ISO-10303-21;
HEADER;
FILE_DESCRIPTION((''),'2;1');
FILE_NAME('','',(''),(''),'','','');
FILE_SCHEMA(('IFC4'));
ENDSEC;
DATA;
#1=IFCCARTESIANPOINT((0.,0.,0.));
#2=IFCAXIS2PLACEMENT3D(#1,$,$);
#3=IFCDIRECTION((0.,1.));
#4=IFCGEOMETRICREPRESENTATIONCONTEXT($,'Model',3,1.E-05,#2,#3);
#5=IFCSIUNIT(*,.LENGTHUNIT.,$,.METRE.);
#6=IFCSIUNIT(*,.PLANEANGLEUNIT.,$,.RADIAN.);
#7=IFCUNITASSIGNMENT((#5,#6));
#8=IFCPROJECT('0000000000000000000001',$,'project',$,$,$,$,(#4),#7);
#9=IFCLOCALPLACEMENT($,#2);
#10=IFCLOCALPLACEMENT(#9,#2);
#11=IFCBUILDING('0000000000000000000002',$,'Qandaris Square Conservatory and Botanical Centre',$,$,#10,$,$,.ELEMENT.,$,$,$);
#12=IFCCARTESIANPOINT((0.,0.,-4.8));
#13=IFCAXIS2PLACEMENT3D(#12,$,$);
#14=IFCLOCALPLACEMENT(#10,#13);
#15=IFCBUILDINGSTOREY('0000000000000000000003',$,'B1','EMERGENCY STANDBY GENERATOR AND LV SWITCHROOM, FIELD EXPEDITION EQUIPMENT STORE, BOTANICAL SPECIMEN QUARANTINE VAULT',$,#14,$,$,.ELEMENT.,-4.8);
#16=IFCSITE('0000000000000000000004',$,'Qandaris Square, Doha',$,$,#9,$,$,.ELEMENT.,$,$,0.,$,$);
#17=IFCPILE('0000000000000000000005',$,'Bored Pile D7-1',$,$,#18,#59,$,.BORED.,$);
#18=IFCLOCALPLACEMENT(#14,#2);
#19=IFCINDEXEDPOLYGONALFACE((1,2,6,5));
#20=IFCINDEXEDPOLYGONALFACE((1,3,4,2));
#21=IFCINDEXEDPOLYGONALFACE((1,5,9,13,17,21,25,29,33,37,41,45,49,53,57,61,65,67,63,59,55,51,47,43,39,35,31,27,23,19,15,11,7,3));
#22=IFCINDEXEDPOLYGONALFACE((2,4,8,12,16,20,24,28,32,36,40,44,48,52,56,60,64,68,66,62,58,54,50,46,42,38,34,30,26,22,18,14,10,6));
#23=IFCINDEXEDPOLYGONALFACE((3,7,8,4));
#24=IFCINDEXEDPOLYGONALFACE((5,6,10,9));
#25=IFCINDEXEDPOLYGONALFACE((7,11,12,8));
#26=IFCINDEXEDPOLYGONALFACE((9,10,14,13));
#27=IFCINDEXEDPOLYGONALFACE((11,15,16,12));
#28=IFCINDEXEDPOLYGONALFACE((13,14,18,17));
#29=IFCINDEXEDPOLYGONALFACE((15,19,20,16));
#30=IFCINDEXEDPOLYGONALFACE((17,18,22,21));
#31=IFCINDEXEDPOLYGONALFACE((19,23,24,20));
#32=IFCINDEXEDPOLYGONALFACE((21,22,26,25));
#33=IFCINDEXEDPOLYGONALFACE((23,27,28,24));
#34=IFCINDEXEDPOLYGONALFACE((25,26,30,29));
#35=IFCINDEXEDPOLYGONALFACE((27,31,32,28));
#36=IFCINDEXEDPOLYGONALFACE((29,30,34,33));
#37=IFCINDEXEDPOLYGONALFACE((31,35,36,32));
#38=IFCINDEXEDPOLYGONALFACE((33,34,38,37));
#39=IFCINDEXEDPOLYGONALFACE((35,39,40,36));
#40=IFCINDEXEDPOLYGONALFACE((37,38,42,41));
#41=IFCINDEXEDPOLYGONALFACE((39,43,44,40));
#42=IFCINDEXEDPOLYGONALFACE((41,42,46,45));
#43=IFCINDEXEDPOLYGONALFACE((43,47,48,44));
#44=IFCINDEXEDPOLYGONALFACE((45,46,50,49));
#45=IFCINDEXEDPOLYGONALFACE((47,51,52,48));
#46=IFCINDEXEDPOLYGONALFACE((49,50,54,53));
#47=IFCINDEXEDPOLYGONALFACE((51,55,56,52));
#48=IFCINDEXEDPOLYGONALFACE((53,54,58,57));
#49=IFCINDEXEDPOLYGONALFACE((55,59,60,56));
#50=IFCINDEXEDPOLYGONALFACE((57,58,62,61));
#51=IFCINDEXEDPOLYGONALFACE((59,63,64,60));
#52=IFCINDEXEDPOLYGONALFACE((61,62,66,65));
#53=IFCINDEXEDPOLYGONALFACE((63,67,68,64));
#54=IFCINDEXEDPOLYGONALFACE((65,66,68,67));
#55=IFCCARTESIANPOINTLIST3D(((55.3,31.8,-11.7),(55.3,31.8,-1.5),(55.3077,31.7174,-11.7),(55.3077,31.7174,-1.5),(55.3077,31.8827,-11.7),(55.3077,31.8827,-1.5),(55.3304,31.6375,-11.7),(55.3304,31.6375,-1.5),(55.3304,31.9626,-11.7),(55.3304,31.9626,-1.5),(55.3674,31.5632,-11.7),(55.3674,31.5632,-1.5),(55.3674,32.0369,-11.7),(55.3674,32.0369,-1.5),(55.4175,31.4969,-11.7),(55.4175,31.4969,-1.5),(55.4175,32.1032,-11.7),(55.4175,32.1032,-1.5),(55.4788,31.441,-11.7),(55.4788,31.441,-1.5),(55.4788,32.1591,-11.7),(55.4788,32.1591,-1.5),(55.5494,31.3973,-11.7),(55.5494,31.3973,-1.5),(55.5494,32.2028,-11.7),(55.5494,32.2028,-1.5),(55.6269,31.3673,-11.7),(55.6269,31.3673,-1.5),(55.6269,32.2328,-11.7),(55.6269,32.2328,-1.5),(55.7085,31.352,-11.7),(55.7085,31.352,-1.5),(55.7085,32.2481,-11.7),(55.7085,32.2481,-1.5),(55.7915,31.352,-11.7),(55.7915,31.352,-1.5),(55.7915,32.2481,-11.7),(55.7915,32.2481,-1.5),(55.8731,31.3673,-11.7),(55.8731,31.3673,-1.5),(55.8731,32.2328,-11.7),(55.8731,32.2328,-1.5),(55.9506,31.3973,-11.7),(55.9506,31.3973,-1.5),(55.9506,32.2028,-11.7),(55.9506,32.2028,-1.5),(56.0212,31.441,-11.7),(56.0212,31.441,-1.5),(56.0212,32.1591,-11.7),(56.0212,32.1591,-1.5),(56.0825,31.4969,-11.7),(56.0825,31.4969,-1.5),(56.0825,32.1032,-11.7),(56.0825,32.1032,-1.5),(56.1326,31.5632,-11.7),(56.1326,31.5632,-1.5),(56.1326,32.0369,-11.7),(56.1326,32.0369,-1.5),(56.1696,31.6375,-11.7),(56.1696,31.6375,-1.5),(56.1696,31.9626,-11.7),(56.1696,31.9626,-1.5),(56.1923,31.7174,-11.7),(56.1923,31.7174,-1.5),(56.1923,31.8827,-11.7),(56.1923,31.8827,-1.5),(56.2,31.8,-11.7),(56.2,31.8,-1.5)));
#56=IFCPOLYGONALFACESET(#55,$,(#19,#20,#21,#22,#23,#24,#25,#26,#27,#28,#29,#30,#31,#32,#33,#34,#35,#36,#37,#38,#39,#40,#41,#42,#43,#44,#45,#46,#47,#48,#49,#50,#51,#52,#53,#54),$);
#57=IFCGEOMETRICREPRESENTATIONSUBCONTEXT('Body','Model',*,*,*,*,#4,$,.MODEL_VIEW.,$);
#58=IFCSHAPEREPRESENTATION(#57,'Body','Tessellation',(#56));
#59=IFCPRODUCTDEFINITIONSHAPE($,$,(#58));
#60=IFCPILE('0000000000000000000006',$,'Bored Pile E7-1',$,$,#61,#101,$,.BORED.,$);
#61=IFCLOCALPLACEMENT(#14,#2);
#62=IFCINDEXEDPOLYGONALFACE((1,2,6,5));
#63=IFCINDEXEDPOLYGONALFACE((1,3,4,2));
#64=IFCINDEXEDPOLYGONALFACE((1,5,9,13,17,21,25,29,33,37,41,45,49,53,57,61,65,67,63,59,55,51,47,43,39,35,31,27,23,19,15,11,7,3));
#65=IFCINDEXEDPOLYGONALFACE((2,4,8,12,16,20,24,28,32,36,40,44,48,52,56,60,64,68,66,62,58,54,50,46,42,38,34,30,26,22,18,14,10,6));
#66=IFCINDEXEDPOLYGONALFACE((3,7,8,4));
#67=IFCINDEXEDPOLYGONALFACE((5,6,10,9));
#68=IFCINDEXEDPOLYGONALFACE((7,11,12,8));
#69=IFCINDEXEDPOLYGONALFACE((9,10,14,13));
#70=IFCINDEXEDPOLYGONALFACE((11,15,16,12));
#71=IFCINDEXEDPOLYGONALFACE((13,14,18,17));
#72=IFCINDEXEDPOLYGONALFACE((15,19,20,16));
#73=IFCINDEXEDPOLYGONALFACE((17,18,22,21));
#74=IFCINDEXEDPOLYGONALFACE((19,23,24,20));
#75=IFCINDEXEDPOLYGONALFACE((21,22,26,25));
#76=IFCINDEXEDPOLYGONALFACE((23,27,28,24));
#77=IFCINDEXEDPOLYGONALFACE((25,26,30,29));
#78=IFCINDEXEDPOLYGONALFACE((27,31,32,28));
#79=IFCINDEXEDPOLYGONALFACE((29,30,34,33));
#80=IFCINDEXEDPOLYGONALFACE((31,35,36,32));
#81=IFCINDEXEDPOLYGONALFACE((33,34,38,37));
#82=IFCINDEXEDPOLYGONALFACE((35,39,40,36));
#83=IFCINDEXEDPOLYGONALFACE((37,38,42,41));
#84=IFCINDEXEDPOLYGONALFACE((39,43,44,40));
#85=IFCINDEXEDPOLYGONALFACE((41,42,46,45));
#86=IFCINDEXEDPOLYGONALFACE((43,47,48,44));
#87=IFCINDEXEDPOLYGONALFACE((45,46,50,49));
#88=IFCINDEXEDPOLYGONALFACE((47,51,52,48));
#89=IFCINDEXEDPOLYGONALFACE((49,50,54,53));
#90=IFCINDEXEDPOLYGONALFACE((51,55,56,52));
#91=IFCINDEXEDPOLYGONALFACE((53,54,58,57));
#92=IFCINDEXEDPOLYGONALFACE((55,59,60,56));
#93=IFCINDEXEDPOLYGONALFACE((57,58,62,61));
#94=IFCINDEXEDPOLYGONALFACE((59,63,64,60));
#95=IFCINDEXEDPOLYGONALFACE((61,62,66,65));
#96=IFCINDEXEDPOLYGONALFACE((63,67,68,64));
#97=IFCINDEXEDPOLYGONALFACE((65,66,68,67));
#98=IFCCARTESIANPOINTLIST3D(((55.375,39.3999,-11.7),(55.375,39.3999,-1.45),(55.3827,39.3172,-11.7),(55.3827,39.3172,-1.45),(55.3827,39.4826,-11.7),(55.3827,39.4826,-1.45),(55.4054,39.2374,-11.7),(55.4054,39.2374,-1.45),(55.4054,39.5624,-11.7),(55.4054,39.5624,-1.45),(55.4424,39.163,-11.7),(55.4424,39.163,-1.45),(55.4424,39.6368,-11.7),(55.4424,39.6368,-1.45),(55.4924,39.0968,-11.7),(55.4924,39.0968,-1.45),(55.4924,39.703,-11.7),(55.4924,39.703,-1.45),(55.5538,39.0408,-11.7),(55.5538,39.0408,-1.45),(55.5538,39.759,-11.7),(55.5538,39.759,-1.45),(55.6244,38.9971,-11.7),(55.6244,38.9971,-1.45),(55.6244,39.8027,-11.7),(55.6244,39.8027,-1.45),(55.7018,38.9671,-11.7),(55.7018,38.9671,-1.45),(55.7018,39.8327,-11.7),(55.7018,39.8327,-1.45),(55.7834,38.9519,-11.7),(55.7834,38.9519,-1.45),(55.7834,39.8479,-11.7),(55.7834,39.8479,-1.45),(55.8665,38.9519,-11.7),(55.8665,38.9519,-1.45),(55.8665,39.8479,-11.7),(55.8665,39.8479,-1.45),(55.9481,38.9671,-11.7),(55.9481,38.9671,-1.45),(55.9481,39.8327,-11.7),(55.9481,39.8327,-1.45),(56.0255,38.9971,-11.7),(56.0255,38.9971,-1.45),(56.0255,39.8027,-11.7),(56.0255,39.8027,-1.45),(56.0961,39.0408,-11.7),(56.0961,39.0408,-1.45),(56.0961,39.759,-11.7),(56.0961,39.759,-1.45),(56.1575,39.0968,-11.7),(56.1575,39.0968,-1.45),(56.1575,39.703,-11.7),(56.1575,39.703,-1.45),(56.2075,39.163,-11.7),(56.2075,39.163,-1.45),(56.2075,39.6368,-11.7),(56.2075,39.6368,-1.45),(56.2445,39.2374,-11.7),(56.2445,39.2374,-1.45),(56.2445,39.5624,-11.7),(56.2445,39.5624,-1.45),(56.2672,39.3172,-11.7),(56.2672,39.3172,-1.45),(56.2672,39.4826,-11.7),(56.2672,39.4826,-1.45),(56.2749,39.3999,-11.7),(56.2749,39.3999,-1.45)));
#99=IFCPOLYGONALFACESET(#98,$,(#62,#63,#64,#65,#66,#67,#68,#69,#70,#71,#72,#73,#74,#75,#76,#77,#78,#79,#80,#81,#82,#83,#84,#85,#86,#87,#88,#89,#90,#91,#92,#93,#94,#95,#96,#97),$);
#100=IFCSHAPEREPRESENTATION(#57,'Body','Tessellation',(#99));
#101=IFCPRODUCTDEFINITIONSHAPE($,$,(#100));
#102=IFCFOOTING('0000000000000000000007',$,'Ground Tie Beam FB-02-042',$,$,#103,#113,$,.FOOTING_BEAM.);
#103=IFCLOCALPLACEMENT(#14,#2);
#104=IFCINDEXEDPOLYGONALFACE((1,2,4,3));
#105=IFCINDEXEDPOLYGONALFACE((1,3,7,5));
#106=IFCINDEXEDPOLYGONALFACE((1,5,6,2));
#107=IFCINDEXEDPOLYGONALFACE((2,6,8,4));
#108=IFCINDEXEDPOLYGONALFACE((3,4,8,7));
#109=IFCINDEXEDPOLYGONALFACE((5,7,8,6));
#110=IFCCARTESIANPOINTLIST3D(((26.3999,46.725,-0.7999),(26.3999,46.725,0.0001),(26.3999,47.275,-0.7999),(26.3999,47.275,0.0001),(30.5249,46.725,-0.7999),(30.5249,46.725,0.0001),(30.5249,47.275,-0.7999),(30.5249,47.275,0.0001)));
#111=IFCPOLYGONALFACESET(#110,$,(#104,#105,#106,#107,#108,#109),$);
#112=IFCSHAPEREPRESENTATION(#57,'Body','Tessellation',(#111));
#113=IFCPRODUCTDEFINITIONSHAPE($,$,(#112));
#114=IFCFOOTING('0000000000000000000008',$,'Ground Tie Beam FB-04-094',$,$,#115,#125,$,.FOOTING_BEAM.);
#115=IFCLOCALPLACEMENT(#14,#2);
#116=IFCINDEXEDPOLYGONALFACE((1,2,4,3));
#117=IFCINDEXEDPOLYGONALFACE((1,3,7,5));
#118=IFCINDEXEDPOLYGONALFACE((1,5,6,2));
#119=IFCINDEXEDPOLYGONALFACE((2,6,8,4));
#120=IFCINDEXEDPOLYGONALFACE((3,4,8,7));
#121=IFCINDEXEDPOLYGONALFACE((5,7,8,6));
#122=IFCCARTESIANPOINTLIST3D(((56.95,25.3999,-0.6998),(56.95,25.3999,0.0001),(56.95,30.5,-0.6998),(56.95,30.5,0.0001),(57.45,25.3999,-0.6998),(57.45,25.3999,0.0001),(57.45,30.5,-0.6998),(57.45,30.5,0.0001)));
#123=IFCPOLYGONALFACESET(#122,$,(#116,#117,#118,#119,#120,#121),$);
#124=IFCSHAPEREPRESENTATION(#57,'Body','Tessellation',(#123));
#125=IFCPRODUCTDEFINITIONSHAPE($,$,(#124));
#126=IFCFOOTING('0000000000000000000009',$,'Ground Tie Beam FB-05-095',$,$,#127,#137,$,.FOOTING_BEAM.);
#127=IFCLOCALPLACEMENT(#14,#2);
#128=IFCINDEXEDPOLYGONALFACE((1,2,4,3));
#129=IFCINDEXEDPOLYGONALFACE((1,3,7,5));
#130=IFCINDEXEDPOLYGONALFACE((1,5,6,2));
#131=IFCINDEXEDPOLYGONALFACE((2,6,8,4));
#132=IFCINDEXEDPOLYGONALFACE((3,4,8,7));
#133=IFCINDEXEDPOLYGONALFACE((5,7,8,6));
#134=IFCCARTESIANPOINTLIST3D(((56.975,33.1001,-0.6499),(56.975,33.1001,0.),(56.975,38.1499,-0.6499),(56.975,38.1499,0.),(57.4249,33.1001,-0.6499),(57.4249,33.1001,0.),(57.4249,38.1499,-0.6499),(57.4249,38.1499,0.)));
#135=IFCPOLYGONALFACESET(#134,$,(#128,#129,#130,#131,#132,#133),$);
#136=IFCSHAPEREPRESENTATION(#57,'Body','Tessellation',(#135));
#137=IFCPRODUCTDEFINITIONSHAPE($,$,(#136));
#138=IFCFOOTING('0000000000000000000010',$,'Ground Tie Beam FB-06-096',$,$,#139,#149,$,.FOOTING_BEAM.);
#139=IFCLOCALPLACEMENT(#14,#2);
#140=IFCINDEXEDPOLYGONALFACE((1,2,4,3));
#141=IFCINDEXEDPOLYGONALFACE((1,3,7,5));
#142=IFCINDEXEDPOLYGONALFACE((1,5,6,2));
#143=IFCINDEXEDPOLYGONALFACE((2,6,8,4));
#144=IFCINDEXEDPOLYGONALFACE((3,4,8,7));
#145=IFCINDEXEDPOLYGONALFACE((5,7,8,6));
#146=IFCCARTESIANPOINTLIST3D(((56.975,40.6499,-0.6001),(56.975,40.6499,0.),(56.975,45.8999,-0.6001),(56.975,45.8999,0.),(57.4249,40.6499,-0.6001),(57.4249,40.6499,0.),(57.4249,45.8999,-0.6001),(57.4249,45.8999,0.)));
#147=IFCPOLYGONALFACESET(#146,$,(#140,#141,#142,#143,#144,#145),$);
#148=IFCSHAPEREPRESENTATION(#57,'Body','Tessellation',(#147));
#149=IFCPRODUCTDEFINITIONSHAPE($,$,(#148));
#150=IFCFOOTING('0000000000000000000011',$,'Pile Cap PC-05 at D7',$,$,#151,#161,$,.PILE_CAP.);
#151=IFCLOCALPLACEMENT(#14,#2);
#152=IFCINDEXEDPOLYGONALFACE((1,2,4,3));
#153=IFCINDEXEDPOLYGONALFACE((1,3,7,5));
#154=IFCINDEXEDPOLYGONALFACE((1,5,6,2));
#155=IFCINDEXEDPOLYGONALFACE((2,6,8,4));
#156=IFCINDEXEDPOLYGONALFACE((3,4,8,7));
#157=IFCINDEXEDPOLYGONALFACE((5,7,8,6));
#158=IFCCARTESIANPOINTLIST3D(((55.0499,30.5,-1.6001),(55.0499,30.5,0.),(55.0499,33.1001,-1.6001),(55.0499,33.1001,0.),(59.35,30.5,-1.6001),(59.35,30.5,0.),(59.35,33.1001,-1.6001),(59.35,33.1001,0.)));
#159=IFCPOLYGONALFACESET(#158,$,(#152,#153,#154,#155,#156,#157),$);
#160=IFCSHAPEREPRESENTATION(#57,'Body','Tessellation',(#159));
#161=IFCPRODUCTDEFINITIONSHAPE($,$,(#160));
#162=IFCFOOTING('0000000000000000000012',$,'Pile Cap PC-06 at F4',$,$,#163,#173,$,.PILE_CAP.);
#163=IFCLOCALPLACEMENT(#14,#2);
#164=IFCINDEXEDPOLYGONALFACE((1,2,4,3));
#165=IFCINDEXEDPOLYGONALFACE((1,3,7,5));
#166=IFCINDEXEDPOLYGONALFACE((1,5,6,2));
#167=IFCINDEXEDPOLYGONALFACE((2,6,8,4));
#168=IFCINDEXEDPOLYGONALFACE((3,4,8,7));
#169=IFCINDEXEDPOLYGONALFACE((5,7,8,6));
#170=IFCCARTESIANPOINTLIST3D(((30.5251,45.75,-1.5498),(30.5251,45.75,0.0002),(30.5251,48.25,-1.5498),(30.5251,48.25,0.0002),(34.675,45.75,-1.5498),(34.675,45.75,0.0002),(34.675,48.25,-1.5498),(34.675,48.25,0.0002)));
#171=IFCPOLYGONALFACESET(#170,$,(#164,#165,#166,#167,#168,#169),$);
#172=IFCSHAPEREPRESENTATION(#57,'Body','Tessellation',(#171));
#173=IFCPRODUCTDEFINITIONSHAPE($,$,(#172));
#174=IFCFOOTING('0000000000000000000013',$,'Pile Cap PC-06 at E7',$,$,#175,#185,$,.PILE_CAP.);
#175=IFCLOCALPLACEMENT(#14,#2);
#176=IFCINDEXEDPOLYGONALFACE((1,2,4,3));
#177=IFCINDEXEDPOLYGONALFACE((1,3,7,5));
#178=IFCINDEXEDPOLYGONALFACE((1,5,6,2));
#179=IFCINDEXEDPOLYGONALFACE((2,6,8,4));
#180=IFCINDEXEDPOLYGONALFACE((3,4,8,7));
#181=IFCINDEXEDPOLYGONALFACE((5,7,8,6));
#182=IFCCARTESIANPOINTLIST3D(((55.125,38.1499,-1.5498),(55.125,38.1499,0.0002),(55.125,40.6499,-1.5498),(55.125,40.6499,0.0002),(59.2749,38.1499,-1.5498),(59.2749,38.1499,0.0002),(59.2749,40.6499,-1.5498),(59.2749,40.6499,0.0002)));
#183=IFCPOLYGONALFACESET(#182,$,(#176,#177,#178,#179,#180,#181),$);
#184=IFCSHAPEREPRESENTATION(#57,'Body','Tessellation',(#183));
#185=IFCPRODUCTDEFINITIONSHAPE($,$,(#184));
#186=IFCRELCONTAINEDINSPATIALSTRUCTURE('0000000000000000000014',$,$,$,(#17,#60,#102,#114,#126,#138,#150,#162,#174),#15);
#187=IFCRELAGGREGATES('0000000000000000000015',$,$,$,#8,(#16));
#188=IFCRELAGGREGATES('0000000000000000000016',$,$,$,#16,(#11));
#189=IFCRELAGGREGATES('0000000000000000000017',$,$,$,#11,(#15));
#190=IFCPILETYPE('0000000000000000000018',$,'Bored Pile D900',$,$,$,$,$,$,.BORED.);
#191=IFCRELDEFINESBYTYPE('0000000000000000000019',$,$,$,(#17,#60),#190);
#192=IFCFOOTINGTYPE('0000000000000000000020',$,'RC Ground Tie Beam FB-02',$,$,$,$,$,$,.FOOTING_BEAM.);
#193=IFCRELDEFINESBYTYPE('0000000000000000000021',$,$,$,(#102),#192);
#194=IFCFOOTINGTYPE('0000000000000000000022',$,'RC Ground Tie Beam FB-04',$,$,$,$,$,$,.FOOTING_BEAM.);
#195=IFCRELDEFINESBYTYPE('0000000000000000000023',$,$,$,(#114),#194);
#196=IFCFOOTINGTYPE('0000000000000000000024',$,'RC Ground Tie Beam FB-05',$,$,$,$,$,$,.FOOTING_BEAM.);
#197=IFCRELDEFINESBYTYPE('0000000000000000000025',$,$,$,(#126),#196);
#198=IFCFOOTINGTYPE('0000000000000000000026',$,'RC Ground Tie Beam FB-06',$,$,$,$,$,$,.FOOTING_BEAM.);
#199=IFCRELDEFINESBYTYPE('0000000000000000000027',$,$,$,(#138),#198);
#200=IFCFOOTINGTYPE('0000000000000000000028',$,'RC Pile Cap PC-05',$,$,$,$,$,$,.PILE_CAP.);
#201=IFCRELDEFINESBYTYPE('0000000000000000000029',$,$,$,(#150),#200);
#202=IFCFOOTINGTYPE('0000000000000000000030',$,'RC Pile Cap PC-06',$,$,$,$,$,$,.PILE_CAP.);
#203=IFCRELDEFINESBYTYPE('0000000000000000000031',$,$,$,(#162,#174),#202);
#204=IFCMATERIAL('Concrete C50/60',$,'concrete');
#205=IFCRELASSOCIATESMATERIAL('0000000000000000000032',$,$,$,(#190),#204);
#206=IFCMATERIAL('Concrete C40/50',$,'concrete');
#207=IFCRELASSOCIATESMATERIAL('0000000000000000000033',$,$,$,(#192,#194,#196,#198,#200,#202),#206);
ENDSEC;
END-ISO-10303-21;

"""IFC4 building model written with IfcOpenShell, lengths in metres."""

from ifc_helpers import new_model, si_unit, direction, frame, origin, origin_2d, place, context, subcontext, project, spatial, rectangle, circle, extrude, material, material_profile, profile_set, type_object, element, save


model = new_model("IFC4")

# Units and contexts
model_context = context("Model", 3, precision=1e-05, world=origin(), true_north=direction((0.0, 1.0)))
body_context = subcontext(model_context, "Body", "Model", "MODEL_VIEW")
ifc_project = project(units=[si_unit("LENGTHUNIT", "METRE"), si_unit("PLANEANGLEUNIT", "RADIAN")], contexts=[model_context])

# Site, building, storey
site_placement = place(None, origin())
site = spatial("IfcSite", under=ifc_project, at=site_placement, Name="Qandaris Square, Doha", CompositionType="ELEMENT", RefElevation=0.0)
building_placement = place(site_placement, origin())
building = spatial("IfcBuilding", under=site, at=building_placement, Name="Qandaris Square Conservatory and Botanical Centre", CompositionType="ELEMENT")
storey_placement = place(building_placement, frame((0.0, 0.0, -4.8)))
storey = spatial("IfcBuildingStorey", under=building, at=storey_placement, Name="B1", Description="EMERGENCY STANDBY GENERATOR AND LV SWITCHROOM, FIELD EXPEDITION EQUIPMENT STORE, BOTANICAL SPECIMEN QUARANTINE VAULT", CompositionType="ELEMENT", Elevation=-4.8)

# Piles
ifc_material_1 = material(Name="Concrete C50/60", Category="concrete")
ifc_material_profile_1 = material_profile(ifc_material_1, circle(Radius=0.45, at=origin_2d()), Name="PILE D900")
ifc_profile_set_1 = profile_set([ifc_material_profile_1], Name="Concrete C50/60")
pile_type = type_object("IfcPileType", Name="Bored Pile D900", PredefinedType="BORED", material=ifc_profile_set_1)
pile_1_placement = place(storey_placement, frame((55.75, 31.8, -1.5), z_axis=(0.0, 0.0, -1.0), x_axis=(1.0, 0.0, 0.0)))
element("IfcPile", 1, at=pile_1_placement, inside=storey, type_object=pile_type, Name="Bored Pile D7-1", PredefinedType="BORED", context=body_context, shape_type="SweptSolid", body=[
    extrude(circle(Radius=0.45, at=origin_2d()), origin(), (0.0, 0.0, 1.0), 10.2),
])
pile_2_placement = place(storey_placement, frame((55.825, 39.3999, -1.45), z_axis=(0.0, 0.0, -1.0), x_axis=(1.0, 0.0, 0.0)))
element("IfcPile", 2, at=pile_2_placement, inside=storey, type_object=pile_type, Name="Bored Pile E7-1", PredefinedType="BORED", context=body_context, shape_type="SweptSolid", body=[
    extrude(circle(Radius=0.45, at=origin_2d()), origin(), (0.0, 0.0, 1.0), 10.25),
])

# Footings
ifc_material_2 = material(Name="Concrete C40/50", Category="concrete")
ifc_material_profile_2 = material_profile(ifc_material_2, rectangle(XDim=0.55, YDim=0.8, at=origin_2d()), Name="FB 550x800")
ifc_profile_set_2 = profile_set([ifc_material_profile_2], Name="Concrete C40/50")
footing_type_1 = type_object("IfcFootingType", Name="RC Ground Tie Beam FB-02", PredefinedType="FOOTING_BEAM", material=ifc_profile_set_2)
footing_1_placement = place(storey_placement, frame((26.3999, 47.0, -0.3999), z_axis=(1.0, 0.0, 0.0), x_axis=(0.0, 1.0, 0.0)))
element("IfcFooting", 3, at=footing_1_placement, inside=storey, type_object=footing_type_1, Name="Ground Tie Beam FB-02-042", PredefinedType="FOOTING_BEAM", context=body_context, shape_type="SweptSolid", body=[
    extrude(rectangle(XDim=0.55, YDim=0.8, at=origin_2d()), origin(), (0.0, 0.0, 1.0), 4.125),
])
ifc_material_profile_3 = material_profile(ifc_material_2, rectangle(XDim=0.5, YDim=0.7, at=origin_2d()), Name="FB 500x700")
ifc_profile_set_3 = profile_set([ifc_material_profile_3], Name="Concrete C40/50")
footing_type_2 = type_object("IfcFootingType", Name="RC Ground Tie Beam FB-04", PredefinedType="FOOTING_BEAM", material=ifc_profile_set_3)
footing_2_placement = place(storey_placement, frame((57.2, 25.3999, -0.3499), z_axis=(0.0, 1.0, 0.0), x_axis=(-1.0, 0.0, 0.0)))
element("IfcFooting", 4, at=footing_2_placement, inside=storey, type_object=footing_type_2, Name="Ground Tie Beam FB-04-094", PredefinedType="FOOTING_BEAM", context=body_context, shape_type="SweptSolid", body=[
    extrude(rectangle(XDim=0.5, YDim=0.7, at=origin_2d()), origin(), (0.0, 0.0, 1.0), 5.1001),
])
ifc_material_profile_4 = material_profile(ifc_material_2, rectangle(XDim=0.45, YDim=0.6499, at=origin_2d()), Name="FB 450x650")
ifc_profile_set_4 = profile_set([ifc_material_profile_4], Name="Concrete C40/50")
footing_type_3 = type_object("IfcFootingType", Name="RC Ground Tie Beam FB-05", PredefinedType="FOOTING_BEAM", material=ifc_profile_set_4)
footing_3_placement = place(storey_placement, frame((57.2, 33.1001, -0.325), z_axis=(0.0, 1.0, 0.0), x_axis=(-1.0, 0.0, 0.0)))
element("IfcFooting", 5, at=footing_3_placement, inside=storey, type_object=footing_type_3, Name="Ground Tie Beam FB-05-095", PredefinedType="FOOTING_BEAM", context=body_context, shape_type="SweptSolid", body=[
    extrude(rectangle(XDim=0.45, YDim=0.6499, at=origin_2d()), origin(), (0.0, 0.0, 1.0), 5.0498),
])
ifc_material_profile_5 = material_profile(ifc_material_2, rectangle(XDim=0.45, YDim=0.6001, at=origin_2d()), Name="FB 450x600")
ifc_profile_set_5 = profile_set([ifc_material_profile_5], Name="Concrete C40/50")
footing_type_4 = type_object("IfcFootingType", Name="RC Ground Tie Beam FB-06", PredefinedType="FOOTING_BEAM", material=ifc_profile_set_5)
footing_4_placement = place(storey_placement, frame((57.2, 40.6499, -0.3), z_axis=(0.0, 1.0, 0.0), x_axis=(-1.0, 0.0, 0.0)))
element("IfcFooting", 6, at=footing_4_placement, inside=storey, type_object=footing_type_4, Name="Ground Tie Beam FB-06-096", PredefinedType="FOOTING_BEAM", context=body_context, shape_type="SweptSolid", body=[
    extrude(rectangle(XDim=0.45, YDim=0.6001, at=origin_2d()), origin(), (0.0, 0.0, 1.0), 5.25),
])
footing_type_5 = type_object("IfcFootingType", Name="RC Pile Cap PC-05", PredefinedType="PILE_CAP", material=ifc_material_2)
footing_5_placement = place(storey_placement, frame((57.2, 31.8, -1.6001), z_axis=(0.0, 0.0, 1.0), x_axis=(1.0, 0.0, 0.0)))
element("IfcFooting", 7, at=footing_5_placement, inside=storey, type_object=footing_type_5, Name="Pile Cap PC-05 at D7", PredefinedType="PILE_CAP", context=body_context, shape_type="SweptSolid", body=[
    extrude(rectangle(XDim=4.3, YDim=2.6001, at=origin_2d()), origin(), (0.0, 0.0, 1.0), 1.6001),
])
footing_type_6 = type_object("IfcFootingType", Name="RC Pile Cap PC-06", PredefinedType="PILE_CAP", material=ifc_material_2)
for number, where, z_axis, x_axis, name in (
    (8, (32.6001, 47.0, -1.5498), (0.0, 0.0, 1.0), (1.0, 0.0, 0.0), "Pile Cap PC-06 at F4"),
    (9, (57.2, 39.3999, -1.5498), (0.0, 0.0, 1.0), (1.0, 0.0, 0.0), "Pile Cap PC-06 at E7"),
):
    element("IfcFooting", number, at=place(storey_placement, frame(where, z_axis=z_axis, x_axis=x_axis)), inside=storey, type_object=footing_type_6, Name=name, PredefinedType="PILE_CAP", context=body_context, shape_type="SweptSolid", body=[
        extrude(rectangle(XDim=4.1499, YDim=2.5, at=origin_2d()), origin(), (0.0, 0.0, 1.0), 1.55),
    ])

save(model, "model.ifc")
